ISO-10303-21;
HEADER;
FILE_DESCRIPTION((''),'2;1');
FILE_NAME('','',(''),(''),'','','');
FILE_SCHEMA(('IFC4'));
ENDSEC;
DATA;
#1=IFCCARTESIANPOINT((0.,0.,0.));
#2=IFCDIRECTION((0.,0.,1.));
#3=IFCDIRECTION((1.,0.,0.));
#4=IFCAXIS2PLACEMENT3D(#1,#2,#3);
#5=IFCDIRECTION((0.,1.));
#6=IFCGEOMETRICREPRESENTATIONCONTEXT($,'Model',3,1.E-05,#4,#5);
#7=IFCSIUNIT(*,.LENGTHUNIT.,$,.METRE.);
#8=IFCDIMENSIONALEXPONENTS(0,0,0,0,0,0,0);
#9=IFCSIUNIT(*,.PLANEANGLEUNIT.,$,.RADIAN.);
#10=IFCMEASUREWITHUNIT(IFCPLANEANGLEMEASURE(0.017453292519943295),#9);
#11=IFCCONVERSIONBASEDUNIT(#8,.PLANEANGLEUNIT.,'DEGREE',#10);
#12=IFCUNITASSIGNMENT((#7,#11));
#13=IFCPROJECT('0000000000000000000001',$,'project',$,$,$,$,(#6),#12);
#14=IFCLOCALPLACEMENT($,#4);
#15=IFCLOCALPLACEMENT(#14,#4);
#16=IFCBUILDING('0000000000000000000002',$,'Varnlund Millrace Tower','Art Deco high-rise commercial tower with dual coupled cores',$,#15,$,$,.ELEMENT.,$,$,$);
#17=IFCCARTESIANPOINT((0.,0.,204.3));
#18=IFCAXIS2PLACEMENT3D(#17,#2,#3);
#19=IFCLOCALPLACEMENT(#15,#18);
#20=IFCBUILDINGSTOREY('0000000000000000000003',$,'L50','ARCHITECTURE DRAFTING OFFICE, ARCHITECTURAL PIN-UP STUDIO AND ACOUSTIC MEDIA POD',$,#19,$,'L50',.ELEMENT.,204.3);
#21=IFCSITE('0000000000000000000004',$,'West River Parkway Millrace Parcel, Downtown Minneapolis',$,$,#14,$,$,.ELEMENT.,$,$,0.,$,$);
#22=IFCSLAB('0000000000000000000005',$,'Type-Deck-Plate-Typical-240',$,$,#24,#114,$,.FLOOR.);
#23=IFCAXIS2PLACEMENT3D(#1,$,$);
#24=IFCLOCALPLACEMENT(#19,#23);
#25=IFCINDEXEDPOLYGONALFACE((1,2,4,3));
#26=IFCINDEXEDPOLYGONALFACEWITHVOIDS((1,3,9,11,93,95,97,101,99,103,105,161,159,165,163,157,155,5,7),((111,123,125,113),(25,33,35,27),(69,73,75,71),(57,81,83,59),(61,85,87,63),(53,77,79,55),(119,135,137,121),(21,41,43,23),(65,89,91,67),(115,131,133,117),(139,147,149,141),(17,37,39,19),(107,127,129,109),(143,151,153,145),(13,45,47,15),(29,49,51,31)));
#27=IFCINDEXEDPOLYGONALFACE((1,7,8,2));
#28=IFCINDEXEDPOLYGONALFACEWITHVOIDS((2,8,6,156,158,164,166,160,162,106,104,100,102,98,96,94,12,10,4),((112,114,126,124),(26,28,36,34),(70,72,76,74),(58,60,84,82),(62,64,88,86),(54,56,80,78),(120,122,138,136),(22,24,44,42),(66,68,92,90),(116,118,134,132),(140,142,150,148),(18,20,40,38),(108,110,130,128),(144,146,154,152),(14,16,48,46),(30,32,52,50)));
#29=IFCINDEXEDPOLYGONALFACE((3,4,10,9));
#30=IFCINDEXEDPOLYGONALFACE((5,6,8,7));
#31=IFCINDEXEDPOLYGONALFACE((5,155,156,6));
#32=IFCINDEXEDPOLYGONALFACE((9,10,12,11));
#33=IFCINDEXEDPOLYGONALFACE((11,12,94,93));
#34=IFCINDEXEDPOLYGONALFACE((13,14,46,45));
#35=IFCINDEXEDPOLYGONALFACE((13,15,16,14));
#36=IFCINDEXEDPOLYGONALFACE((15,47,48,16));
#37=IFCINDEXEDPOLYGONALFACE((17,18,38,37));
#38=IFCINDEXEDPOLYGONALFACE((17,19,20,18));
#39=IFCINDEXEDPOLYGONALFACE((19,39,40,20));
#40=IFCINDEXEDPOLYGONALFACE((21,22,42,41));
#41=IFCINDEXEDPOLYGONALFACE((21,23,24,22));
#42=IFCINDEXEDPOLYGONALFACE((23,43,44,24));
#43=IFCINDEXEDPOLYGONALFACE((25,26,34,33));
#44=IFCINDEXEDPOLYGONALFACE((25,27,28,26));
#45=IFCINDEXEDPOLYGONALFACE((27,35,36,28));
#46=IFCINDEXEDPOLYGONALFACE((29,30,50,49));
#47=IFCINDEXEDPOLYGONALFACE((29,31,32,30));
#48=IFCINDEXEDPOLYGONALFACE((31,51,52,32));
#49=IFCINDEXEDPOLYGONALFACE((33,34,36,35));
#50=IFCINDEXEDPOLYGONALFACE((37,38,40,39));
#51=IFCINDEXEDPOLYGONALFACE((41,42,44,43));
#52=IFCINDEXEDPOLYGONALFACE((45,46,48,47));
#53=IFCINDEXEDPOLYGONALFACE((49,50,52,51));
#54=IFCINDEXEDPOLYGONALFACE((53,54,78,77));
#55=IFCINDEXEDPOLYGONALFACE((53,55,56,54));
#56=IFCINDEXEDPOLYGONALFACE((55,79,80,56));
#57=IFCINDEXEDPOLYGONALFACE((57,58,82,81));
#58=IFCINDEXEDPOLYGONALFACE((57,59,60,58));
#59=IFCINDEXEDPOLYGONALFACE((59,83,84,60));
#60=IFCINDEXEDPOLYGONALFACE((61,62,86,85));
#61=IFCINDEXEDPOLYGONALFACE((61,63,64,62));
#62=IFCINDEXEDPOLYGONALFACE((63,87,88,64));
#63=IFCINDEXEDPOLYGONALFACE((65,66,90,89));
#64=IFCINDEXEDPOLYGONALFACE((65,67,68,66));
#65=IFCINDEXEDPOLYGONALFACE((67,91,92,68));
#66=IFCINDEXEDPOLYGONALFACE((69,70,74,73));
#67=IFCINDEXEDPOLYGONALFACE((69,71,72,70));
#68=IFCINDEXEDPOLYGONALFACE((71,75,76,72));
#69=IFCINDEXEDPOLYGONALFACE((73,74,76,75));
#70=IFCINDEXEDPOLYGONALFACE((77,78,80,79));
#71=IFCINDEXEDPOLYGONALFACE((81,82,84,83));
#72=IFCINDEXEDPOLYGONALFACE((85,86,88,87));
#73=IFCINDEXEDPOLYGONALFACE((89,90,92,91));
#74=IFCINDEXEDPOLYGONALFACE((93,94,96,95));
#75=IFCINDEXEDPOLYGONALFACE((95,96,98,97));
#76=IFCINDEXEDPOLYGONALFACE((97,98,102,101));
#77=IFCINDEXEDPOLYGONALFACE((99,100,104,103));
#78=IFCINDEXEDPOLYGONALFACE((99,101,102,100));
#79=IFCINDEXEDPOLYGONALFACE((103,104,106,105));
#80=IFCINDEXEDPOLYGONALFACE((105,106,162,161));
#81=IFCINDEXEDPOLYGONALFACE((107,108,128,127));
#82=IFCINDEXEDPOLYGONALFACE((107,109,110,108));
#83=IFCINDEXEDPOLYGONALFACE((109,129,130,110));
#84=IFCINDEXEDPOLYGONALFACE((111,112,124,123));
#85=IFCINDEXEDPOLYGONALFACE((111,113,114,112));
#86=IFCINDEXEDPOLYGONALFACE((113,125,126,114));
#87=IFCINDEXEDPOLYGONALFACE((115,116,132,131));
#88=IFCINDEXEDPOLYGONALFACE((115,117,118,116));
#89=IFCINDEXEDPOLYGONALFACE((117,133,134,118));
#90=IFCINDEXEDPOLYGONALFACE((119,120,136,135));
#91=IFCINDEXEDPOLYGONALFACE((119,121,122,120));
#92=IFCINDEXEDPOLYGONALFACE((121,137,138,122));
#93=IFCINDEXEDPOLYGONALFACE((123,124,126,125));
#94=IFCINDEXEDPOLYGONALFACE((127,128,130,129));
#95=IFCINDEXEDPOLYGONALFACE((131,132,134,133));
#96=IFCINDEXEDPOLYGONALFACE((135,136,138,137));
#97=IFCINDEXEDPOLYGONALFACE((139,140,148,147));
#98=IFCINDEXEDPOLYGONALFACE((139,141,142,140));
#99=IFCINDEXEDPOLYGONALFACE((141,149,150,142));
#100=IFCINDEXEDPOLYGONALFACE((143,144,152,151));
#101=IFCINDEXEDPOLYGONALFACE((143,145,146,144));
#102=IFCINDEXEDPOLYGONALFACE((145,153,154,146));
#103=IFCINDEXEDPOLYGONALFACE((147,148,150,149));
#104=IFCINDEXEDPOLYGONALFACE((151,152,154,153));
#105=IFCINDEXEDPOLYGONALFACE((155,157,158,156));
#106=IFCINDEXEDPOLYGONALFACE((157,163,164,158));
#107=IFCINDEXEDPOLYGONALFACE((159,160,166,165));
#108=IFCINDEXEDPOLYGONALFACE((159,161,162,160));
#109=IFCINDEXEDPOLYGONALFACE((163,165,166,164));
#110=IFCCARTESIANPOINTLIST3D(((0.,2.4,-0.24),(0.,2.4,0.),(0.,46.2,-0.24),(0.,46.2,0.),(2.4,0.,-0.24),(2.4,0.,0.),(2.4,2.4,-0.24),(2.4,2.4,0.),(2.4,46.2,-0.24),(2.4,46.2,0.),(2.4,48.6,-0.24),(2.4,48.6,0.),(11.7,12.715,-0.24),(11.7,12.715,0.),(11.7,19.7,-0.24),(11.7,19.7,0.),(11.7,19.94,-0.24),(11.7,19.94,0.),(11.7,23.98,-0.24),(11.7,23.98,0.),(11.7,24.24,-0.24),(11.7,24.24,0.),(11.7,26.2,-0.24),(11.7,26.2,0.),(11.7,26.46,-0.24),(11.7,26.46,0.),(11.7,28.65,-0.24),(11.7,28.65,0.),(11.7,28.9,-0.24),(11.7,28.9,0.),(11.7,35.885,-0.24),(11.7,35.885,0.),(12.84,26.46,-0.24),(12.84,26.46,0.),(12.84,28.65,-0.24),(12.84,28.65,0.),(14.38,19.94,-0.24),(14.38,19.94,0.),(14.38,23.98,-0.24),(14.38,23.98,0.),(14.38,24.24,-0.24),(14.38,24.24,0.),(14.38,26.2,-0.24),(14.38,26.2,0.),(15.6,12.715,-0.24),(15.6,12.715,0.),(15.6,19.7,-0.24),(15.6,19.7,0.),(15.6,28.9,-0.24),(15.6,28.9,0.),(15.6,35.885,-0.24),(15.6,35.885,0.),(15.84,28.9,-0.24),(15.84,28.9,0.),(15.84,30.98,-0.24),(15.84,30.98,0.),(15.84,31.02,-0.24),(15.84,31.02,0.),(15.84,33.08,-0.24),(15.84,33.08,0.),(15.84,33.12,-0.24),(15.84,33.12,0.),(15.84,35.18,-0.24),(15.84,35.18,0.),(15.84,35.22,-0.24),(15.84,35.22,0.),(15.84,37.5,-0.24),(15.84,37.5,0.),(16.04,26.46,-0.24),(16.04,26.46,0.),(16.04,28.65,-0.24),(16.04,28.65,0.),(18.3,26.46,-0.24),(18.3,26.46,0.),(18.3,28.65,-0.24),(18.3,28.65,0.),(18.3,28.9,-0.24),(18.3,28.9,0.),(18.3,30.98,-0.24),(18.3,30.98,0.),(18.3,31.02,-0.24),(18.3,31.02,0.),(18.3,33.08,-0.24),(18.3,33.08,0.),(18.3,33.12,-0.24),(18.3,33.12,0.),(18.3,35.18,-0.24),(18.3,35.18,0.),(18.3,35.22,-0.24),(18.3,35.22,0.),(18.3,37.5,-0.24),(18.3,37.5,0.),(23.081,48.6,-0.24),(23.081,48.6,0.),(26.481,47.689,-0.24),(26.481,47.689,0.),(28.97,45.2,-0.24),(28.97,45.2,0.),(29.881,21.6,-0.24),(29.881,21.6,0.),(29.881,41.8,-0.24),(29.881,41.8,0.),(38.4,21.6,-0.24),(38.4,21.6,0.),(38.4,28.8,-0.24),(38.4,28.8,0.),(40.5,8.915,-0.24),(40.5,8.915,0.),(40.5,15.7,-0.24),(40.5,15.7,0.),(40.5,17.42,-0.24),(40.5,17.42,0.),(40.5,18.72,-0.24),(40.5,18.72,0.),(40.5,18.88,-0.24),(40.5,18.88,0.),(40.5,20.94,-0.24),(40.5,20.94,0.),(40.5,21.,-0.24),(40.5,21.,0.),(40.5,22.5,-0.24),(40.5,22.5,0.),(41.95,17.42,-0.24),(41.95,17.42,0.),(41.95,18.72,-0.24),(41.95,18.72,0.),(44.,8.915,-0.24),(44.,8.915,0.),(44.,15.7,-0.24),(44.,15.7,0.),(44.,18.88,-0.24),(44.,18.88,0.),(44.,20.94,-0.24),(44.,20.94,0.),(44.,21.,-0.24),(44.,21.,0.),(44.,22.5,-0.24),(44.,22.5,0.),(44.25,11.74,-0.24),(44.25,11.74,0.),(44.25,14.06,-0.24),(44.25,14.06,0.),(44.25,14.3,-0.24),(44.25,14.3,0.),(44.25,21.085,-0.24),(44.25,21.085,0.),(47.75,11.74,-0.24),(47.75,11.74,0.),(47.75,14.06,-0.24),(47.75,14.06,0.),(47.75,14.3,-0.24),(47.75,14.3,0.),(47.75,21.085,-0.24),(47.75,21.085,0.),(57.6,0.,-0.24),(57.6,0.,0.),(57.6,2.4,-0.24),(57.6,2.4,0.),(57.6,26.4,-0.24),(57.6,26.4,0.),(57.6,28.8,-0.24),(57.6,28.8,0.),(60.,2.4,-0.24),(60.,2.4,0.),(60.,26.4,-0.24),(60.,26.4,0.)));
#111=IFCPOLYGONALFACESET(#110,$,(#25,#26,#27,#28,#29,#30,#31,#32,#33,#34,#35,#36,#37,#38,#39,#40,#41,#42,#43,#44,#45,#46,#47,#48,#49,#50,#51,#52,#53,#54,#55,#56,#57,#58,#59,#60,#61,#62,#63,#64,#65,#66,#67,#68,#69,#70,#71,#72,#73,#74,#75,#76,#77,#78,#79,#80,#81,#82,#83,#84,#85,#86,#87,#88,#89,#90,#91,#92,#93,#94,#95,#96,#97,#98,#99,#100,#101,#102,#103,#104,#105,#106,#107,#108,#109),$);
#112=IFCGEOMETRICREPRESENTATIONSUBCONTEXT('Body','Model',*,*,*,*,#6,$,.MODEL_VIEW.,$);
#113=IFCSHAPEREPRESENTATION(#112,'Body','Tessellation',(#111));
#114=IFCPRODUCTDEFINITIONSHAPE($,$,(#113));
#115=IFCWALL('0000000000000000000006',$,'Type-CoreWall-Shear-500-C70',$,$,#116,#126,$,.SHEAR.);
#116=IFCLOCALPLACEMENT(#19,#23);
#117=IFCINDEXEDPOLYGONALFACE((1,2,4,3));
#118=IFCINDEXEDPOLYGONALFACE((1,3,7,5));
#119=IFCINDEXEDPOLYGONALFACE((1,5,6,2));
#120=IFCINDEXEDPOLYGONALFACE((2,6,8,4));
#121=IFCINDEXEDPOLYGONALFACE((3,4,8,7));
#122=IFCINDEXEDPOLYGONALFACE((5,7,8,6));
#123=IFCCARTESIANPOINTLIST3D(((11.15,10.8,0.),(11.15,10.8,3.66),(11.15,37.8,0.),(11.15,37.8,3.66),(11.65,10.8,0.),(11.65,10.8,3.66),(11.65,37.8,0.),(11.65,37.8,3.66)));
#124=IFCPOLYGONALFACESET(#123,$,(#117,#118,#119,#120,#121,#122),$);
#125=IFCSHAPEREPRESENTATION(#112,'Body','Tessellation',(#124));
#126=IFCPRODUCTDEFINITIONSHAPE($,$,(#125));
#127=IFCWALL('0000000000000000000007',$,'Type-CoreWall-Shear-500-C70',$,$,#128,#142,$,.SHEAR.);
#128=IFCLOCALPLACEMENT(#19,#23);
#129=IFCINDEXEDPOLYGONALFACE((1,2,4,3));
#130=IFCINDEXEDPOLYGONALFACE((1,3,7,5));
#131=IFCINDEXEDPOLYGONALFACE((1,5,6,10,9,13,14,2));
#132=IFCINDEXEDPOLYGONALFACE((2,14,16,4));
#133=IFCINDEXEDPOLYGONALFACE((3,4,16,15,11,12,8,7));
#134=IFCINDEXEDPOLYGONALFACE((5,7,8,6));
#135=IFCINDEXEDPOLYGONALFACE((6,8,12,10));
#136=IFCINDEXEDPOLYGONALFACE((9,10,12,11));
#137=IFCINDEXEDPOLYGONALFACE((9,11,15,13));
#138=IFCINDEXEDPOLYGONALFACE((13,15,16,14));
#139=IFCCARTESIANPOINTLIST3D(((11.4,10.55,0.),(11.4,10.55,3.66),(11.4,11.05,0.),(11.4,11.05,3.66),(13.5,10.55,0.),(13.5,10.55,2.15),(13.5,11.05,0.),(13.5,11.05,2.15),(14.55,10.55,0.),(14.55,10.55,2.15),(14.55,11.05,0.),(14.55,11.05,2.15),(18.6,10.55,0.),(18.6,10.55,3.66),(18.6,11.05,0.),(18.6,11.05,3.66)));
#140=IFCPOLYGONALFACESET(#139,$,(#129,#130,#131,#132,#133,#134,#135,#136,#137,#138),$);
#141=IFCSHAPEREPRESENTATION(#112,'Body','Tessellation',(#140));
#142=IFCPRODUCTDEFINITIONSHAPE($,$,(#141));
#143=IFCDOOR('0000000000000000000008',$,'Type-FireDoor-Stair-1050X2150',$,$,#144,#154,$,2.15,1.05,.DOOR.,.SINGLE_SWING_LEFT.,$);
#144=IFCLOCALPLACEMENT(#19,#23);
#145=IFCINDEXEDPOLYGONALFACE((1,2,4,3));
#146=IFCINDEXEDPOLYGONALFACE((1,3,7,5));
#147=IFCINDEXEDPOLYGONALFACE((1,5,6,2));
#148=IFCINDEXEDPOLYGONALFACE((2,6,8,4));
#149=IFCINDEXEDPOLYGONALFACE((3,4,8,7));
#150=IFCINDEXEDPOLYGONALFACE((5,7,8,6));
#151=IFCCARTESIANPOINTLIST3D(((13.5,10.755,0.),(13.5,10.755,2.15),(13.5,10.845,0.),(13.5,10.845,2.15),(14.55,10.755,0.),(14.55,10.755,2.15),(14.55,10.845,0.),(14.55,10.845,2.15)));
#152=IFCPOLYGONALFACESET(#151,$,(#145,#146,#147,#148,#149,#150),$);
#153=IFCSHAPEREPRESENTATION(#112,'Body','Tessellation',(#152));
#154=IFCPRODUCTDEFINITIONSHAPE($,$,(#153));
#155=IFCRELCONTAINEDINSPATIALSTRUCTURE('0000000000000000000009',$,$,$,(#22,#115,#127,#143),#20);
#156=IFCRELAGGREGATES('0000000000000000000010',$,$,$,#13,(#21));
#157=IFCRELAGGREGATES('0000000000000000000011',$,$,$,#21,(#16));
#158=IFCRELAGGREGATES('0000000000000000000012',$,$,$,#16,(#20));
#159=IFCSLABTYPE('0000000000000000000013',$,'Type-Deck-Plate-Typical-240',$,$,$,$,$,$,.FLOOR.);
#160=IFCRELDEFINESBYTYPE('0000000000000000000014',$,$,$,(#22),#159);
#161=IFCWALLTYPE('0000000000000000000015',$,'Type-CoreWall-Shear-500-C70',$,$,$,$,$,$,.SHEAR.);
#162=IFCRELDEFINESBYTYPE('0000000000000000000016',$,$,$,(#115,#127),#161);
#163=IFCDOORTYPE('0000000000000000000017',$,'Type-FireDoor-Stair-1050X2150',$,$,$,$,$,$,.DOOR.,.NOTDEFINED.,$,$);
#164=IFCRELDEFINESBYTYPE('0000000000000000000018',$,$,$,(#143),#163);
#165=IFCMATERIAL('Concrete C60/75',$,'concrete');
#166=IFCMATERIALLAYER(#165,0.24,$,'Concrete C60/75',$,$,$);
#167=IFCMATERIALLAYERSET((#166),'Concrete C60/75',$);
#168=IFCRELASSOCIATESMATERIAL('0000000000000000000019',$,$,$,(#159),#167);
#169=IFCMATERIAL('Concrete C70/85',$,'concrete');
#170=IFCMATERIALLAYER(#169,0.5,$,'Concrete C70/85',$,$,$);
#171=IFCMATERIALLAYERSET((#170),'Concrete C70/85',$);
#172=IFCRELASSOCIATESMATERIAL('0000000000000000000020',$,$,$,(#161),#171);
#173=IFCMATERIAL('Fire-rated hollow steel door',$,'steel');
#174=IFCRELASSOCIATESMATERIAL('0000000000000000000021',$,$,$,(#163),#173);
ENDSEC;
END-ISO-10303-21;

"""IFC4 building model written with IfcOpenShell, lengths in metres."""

from ifc_helpers import new_model, entity, si_unit, converted_unit, direction, frame, origin_with_axes, origin_2d_with_axis, place, context, subcontext, project, spatial, polyline, rectangle, outline, extrude, material, layer, layer_set, type_object, element, fill, save


model = new_model("IFC4")

# Units and contexts
model_context = context("Model", 3, precision=1e-05, world=origin_with_axes(), true_north=direction((0.0, 1.0)))
body_context = subcontext(model_context, "Body", "Model", "MODEL_VIEW")
ifc_project = project(units=[si_unit("LENGTHUNIT", "METRE"), converted_unit("PLANEANGLEUNIT", "DEGREE", entity("IfcPlaneAngleMeasure", 0.017453292519943295), si_unit("PLANEANGLEUNIT", "RADIAN"), dimensions=[0, 0, 0, 0, 0, 0, 0])], contexts=[model_context])

# Site, building, storey
site_placement = place(None, origin_with_axes())
site = spatial("IfcSite", under=ifc_project, at=site_placement, Name="West River Parkway Millrace Parcel, Downtown Minneapolis", CompositionType="ELEMENT", RefElevation=0.0)
building_placement = place(site_placement, origin_with_axes())
building = spatial("IfcBuilding", under=site, at=building_placement, Name="Varnlund Millrace Tower", Description="Art Deco high-rise commercial tower with dual coupled cores", CompositionType="ELEMENT")
storey_placement = place(building_placement, frame((0.0, 0.0, 204.3), z_axis=(0.0, 0.0, 1.0), x_axis=(1.0, 0.0, 0.0)))
storey = spatial("IfcBuildingStorey", under=building, at=storey_placement, Name="L50", Description="ARCHITECTURE DRAFTING OFFICE, ARCHITECTURAL PIN-UP STUDIO AND ACOUSTIC MEDIA POD", LongName="L50", CompositionType="ELEMENT", Elevation=204.3)

# Slab
ifc_material_1 = material(Name="Concrete C60/75", Category="concrete")
ifc_layer_1 = layer(ifc_material_1, 0.24, Name="Concrete C60/75")
ifc_layer_set_1 = layer_set([ifc_layer_1], Name="Concrete C60/75")
slab_type = type_object("IfcSlabType", Name="Type-Deck-Plate-Typical-240", PredefinedType="FLOOR", material=ifc_layer_set_1)
slab_placement = place(storey_placement, frame((0.0, 0.0, -0.24), z_axis=(0.0, 0.0, 1.0), x_axis=(1.0, 0.0, 0.0)))
element("IfcSlab", 1, at=slab_placement, inside=storey, type_object=slab_type, Name="Type-Deck-Plate-Typical-240", PredefinedType="FLOOR", context=body_context, shape_type="SweptSolid", body=[
    extrude(outline(polyline([(29.881, 21.6), (29.881, 41.8), (28.97, 45.2), (26.481, 47.689), (23.081, 48.6), (2.4, 48.6), (2.4, 46.2), (0.0, 46.2), (0.0, 2.4), (2.4, 2.4), (2.4, 0.0), (57.6, 0.0), (57.6, 2.4), (60.0, 2.4), (60.0, 26.4), (57.6, 26.4), (57.6, 28.8), (38.4, 28.8), (38.4, 21.6), (29.881, 21.6)]), holes=[polyline([(15.6, 12.715), (11.7, 12.715), (11.7, 19.7), (15.6, 19.7), (15.6, 12.715)]), polyline([(14.38, 23.98), (14.38, 19.94), (11.7, 19.94), (11.7, 23.98), (14.38, 23.98)]), polyline([(14.38, 24.24), (11.7, 24.24), (11.7, 26.2), (14.38, 26.2), (14.38, 24.24)]), polyline([(12.84, 26.46), (11.7, 26.46), (11.7, 28.65), (12.84, 28.65), (12.84, 26.46)]), polyline([(18.3, 28.9), (15.84, 28.9), (15.84, 30.98), (18.3, 30.98), (18.3, 28.9)]), polyline([(18.3, 31.02), (15.84, 31.02), (15.84, 33.08), (18.3, 33.08), (18.3, 31.02)]), polyline([(15.6, 28.9), (11.7, 28.9), (11.7, 35.885), (15.6, 35.885), (15.6, 28.9)]), polyline([(18.3, 33.12), (15.84, 33.12), (15.84, 35.18), (18.3, 35.18), (18.3, 33.12)]), polyline([(44.0, 8.915), (40.5, 8.915), (40.5, 15.7), (44.0, 15.7), (44.0, 8.915)]), polyline([(47.75, 11.74), (44.25, 11.74), (44.25, 14.06), (47.75, 14.06), (47.75, 11.74)]), polyline([(47.75, 14.3), (44.25, 14.3), (44.25, 21.085), (47.75, 21.085), (47.75, 14.3)]), polyline([(41.95, 17.42), (40.5, 17.42), (40.5, 18.72), (41.95, 18.72), (41.95, 17.42)]), polyline([(44.0, 18.88), (40.5, 18.88), (40.5, 20.94), (44.0, 20.94), (44.0, 18.88)]), polyline([(44.0, 21.0), (40.5, 21.0), (40.5, 22.5), (44.0, 22.5), (44.0, 21.0)]), polyline([(16.04, 26.46), (16.04, 28.65), (18.3, 28.65), (18.3, 26.46), (16.04, 26.46)]), polyline([(15.84, 35.22), (15.84, 37.5), (18.3, 37.5), (18.3, 35.22), (15.84, 35.22)])]), origin_with_axes(), (0.0, 0.0, 1.0), 0.24),
])

# Wall
ifc_material_2 = material(Name="Concrete C70/85", Category="concrete")
ifc_layer_2 = layer(ifc_material_2, 0.5, Name="Concrete C70/85")
ifc_layer_set_2 = layer_set([ifc_layer_2], Name="Concrete C70/85")
wall_type_1 = type_object("IfcWallType", Name="Type-CoreWall-Shear-500-C70", PredefinedType="SHEAR", material=ifc_layer_set_2)
wall_1_placement = place(storey_placement, frame((11.4, 10.8, 0.0), z_axis=(0.0, 0.0, 1.0), x_axis=(0.0, 1.0, 0.0)))
element("IfcWall", 2, at=wall_1_placement, inside=storey, type_object=wall_type_1, Name="Type-CoreWall-Shear-500-C70", PredefinedType="SHEAR", context=body_context, shape_type="SweptSolid", body=[
    extrude(outline(polyline([(0.0, -0.25), (27.0, -0.25), (27.0, 0.25), (0.0, 0.25), (0.0, -0.25)])), origin_with_axes(), (0.0, 0.0, 1.0), 3.66),
])

# Wall, opening, door
wall_2_placement = place(storey_placement, frame((11.4, 10.8, 0.0), z_axis=(0.0, 0.0, 1.0), x_axis=(1.0, 0.0, 0.0)))
wall_2 = element("IfcWall", 3, at=wall_2_placement, inside=storey, type_object=wall_type_1, Name="Type-CoreWall-Shear-500-C70", PredefinedType="SHEAR", context=body_context, shape_type="SweptSolid", body=[
    extrude(outline(polyline([(0.0, -0.25), (7.2, -0.25), (7.2, 0.25), (0.0, 0.25), (0.0, -0.25)])), origin_with_axes(), (0.0, 0.0, 1.0), 3.66),
])
opening_1_placement = place(wall_2_placement, frame((2.625, 0.0, 0.0), z_axis=(0.0, 0.0, 1.0), x_axis=(1.0, 0.0, 0.0)))
opening_1 = element("IfcOpeningElement", 4, at=opening_1_placement, cuts=wall_2, PredefinedType="OPENING", context=body_context, shape_type="SweptSolid", body=[
    extrude(rectangle(XDim=1.05, YDim=0.52, at=origin_2d_with_axis()), origin_with_axes(), (0.0, 0.0, 1.0), 2.15),
])
ifc_material_3 = material(Name="Fire-rated hollow steel door", Category="steel")
door_type_1 = type_object("IfcDoorType", Name="Type-FireDoor-Stair-1050X2150", OperationType="NOTDEFINED", PredefinedType="DOOR", material=ifc_material_3)
door_1_placement = place(wall_2_placement, frame((2.625, 0.0, 0.0), z_axis=(0.0, 0.0, 1.0), x_axis=(1.0, 0.0, 0.0)))
door_1 = element("IfcDoor", 5, at=door_1_placement, inside=storey, type_object=door_type_1, Name="Type-FireDoor-Stair-1050X2150", OperationType="SINGLE_SWING_LEFT", OverallHeight=2.15, OverallWidth=1.05, PredefinedType="DOOR", context=body_context, shape_type="SweptSolid", body=[
    extrude(rectangle(XDim=1.05, YDim=0.09, at=origin_2d_with_axis()), origin_with_axes(), (0.0, 0.0, 1.0), 2.15),
])
fill(opening_1, door_1)

save(model, "model.ifc")
